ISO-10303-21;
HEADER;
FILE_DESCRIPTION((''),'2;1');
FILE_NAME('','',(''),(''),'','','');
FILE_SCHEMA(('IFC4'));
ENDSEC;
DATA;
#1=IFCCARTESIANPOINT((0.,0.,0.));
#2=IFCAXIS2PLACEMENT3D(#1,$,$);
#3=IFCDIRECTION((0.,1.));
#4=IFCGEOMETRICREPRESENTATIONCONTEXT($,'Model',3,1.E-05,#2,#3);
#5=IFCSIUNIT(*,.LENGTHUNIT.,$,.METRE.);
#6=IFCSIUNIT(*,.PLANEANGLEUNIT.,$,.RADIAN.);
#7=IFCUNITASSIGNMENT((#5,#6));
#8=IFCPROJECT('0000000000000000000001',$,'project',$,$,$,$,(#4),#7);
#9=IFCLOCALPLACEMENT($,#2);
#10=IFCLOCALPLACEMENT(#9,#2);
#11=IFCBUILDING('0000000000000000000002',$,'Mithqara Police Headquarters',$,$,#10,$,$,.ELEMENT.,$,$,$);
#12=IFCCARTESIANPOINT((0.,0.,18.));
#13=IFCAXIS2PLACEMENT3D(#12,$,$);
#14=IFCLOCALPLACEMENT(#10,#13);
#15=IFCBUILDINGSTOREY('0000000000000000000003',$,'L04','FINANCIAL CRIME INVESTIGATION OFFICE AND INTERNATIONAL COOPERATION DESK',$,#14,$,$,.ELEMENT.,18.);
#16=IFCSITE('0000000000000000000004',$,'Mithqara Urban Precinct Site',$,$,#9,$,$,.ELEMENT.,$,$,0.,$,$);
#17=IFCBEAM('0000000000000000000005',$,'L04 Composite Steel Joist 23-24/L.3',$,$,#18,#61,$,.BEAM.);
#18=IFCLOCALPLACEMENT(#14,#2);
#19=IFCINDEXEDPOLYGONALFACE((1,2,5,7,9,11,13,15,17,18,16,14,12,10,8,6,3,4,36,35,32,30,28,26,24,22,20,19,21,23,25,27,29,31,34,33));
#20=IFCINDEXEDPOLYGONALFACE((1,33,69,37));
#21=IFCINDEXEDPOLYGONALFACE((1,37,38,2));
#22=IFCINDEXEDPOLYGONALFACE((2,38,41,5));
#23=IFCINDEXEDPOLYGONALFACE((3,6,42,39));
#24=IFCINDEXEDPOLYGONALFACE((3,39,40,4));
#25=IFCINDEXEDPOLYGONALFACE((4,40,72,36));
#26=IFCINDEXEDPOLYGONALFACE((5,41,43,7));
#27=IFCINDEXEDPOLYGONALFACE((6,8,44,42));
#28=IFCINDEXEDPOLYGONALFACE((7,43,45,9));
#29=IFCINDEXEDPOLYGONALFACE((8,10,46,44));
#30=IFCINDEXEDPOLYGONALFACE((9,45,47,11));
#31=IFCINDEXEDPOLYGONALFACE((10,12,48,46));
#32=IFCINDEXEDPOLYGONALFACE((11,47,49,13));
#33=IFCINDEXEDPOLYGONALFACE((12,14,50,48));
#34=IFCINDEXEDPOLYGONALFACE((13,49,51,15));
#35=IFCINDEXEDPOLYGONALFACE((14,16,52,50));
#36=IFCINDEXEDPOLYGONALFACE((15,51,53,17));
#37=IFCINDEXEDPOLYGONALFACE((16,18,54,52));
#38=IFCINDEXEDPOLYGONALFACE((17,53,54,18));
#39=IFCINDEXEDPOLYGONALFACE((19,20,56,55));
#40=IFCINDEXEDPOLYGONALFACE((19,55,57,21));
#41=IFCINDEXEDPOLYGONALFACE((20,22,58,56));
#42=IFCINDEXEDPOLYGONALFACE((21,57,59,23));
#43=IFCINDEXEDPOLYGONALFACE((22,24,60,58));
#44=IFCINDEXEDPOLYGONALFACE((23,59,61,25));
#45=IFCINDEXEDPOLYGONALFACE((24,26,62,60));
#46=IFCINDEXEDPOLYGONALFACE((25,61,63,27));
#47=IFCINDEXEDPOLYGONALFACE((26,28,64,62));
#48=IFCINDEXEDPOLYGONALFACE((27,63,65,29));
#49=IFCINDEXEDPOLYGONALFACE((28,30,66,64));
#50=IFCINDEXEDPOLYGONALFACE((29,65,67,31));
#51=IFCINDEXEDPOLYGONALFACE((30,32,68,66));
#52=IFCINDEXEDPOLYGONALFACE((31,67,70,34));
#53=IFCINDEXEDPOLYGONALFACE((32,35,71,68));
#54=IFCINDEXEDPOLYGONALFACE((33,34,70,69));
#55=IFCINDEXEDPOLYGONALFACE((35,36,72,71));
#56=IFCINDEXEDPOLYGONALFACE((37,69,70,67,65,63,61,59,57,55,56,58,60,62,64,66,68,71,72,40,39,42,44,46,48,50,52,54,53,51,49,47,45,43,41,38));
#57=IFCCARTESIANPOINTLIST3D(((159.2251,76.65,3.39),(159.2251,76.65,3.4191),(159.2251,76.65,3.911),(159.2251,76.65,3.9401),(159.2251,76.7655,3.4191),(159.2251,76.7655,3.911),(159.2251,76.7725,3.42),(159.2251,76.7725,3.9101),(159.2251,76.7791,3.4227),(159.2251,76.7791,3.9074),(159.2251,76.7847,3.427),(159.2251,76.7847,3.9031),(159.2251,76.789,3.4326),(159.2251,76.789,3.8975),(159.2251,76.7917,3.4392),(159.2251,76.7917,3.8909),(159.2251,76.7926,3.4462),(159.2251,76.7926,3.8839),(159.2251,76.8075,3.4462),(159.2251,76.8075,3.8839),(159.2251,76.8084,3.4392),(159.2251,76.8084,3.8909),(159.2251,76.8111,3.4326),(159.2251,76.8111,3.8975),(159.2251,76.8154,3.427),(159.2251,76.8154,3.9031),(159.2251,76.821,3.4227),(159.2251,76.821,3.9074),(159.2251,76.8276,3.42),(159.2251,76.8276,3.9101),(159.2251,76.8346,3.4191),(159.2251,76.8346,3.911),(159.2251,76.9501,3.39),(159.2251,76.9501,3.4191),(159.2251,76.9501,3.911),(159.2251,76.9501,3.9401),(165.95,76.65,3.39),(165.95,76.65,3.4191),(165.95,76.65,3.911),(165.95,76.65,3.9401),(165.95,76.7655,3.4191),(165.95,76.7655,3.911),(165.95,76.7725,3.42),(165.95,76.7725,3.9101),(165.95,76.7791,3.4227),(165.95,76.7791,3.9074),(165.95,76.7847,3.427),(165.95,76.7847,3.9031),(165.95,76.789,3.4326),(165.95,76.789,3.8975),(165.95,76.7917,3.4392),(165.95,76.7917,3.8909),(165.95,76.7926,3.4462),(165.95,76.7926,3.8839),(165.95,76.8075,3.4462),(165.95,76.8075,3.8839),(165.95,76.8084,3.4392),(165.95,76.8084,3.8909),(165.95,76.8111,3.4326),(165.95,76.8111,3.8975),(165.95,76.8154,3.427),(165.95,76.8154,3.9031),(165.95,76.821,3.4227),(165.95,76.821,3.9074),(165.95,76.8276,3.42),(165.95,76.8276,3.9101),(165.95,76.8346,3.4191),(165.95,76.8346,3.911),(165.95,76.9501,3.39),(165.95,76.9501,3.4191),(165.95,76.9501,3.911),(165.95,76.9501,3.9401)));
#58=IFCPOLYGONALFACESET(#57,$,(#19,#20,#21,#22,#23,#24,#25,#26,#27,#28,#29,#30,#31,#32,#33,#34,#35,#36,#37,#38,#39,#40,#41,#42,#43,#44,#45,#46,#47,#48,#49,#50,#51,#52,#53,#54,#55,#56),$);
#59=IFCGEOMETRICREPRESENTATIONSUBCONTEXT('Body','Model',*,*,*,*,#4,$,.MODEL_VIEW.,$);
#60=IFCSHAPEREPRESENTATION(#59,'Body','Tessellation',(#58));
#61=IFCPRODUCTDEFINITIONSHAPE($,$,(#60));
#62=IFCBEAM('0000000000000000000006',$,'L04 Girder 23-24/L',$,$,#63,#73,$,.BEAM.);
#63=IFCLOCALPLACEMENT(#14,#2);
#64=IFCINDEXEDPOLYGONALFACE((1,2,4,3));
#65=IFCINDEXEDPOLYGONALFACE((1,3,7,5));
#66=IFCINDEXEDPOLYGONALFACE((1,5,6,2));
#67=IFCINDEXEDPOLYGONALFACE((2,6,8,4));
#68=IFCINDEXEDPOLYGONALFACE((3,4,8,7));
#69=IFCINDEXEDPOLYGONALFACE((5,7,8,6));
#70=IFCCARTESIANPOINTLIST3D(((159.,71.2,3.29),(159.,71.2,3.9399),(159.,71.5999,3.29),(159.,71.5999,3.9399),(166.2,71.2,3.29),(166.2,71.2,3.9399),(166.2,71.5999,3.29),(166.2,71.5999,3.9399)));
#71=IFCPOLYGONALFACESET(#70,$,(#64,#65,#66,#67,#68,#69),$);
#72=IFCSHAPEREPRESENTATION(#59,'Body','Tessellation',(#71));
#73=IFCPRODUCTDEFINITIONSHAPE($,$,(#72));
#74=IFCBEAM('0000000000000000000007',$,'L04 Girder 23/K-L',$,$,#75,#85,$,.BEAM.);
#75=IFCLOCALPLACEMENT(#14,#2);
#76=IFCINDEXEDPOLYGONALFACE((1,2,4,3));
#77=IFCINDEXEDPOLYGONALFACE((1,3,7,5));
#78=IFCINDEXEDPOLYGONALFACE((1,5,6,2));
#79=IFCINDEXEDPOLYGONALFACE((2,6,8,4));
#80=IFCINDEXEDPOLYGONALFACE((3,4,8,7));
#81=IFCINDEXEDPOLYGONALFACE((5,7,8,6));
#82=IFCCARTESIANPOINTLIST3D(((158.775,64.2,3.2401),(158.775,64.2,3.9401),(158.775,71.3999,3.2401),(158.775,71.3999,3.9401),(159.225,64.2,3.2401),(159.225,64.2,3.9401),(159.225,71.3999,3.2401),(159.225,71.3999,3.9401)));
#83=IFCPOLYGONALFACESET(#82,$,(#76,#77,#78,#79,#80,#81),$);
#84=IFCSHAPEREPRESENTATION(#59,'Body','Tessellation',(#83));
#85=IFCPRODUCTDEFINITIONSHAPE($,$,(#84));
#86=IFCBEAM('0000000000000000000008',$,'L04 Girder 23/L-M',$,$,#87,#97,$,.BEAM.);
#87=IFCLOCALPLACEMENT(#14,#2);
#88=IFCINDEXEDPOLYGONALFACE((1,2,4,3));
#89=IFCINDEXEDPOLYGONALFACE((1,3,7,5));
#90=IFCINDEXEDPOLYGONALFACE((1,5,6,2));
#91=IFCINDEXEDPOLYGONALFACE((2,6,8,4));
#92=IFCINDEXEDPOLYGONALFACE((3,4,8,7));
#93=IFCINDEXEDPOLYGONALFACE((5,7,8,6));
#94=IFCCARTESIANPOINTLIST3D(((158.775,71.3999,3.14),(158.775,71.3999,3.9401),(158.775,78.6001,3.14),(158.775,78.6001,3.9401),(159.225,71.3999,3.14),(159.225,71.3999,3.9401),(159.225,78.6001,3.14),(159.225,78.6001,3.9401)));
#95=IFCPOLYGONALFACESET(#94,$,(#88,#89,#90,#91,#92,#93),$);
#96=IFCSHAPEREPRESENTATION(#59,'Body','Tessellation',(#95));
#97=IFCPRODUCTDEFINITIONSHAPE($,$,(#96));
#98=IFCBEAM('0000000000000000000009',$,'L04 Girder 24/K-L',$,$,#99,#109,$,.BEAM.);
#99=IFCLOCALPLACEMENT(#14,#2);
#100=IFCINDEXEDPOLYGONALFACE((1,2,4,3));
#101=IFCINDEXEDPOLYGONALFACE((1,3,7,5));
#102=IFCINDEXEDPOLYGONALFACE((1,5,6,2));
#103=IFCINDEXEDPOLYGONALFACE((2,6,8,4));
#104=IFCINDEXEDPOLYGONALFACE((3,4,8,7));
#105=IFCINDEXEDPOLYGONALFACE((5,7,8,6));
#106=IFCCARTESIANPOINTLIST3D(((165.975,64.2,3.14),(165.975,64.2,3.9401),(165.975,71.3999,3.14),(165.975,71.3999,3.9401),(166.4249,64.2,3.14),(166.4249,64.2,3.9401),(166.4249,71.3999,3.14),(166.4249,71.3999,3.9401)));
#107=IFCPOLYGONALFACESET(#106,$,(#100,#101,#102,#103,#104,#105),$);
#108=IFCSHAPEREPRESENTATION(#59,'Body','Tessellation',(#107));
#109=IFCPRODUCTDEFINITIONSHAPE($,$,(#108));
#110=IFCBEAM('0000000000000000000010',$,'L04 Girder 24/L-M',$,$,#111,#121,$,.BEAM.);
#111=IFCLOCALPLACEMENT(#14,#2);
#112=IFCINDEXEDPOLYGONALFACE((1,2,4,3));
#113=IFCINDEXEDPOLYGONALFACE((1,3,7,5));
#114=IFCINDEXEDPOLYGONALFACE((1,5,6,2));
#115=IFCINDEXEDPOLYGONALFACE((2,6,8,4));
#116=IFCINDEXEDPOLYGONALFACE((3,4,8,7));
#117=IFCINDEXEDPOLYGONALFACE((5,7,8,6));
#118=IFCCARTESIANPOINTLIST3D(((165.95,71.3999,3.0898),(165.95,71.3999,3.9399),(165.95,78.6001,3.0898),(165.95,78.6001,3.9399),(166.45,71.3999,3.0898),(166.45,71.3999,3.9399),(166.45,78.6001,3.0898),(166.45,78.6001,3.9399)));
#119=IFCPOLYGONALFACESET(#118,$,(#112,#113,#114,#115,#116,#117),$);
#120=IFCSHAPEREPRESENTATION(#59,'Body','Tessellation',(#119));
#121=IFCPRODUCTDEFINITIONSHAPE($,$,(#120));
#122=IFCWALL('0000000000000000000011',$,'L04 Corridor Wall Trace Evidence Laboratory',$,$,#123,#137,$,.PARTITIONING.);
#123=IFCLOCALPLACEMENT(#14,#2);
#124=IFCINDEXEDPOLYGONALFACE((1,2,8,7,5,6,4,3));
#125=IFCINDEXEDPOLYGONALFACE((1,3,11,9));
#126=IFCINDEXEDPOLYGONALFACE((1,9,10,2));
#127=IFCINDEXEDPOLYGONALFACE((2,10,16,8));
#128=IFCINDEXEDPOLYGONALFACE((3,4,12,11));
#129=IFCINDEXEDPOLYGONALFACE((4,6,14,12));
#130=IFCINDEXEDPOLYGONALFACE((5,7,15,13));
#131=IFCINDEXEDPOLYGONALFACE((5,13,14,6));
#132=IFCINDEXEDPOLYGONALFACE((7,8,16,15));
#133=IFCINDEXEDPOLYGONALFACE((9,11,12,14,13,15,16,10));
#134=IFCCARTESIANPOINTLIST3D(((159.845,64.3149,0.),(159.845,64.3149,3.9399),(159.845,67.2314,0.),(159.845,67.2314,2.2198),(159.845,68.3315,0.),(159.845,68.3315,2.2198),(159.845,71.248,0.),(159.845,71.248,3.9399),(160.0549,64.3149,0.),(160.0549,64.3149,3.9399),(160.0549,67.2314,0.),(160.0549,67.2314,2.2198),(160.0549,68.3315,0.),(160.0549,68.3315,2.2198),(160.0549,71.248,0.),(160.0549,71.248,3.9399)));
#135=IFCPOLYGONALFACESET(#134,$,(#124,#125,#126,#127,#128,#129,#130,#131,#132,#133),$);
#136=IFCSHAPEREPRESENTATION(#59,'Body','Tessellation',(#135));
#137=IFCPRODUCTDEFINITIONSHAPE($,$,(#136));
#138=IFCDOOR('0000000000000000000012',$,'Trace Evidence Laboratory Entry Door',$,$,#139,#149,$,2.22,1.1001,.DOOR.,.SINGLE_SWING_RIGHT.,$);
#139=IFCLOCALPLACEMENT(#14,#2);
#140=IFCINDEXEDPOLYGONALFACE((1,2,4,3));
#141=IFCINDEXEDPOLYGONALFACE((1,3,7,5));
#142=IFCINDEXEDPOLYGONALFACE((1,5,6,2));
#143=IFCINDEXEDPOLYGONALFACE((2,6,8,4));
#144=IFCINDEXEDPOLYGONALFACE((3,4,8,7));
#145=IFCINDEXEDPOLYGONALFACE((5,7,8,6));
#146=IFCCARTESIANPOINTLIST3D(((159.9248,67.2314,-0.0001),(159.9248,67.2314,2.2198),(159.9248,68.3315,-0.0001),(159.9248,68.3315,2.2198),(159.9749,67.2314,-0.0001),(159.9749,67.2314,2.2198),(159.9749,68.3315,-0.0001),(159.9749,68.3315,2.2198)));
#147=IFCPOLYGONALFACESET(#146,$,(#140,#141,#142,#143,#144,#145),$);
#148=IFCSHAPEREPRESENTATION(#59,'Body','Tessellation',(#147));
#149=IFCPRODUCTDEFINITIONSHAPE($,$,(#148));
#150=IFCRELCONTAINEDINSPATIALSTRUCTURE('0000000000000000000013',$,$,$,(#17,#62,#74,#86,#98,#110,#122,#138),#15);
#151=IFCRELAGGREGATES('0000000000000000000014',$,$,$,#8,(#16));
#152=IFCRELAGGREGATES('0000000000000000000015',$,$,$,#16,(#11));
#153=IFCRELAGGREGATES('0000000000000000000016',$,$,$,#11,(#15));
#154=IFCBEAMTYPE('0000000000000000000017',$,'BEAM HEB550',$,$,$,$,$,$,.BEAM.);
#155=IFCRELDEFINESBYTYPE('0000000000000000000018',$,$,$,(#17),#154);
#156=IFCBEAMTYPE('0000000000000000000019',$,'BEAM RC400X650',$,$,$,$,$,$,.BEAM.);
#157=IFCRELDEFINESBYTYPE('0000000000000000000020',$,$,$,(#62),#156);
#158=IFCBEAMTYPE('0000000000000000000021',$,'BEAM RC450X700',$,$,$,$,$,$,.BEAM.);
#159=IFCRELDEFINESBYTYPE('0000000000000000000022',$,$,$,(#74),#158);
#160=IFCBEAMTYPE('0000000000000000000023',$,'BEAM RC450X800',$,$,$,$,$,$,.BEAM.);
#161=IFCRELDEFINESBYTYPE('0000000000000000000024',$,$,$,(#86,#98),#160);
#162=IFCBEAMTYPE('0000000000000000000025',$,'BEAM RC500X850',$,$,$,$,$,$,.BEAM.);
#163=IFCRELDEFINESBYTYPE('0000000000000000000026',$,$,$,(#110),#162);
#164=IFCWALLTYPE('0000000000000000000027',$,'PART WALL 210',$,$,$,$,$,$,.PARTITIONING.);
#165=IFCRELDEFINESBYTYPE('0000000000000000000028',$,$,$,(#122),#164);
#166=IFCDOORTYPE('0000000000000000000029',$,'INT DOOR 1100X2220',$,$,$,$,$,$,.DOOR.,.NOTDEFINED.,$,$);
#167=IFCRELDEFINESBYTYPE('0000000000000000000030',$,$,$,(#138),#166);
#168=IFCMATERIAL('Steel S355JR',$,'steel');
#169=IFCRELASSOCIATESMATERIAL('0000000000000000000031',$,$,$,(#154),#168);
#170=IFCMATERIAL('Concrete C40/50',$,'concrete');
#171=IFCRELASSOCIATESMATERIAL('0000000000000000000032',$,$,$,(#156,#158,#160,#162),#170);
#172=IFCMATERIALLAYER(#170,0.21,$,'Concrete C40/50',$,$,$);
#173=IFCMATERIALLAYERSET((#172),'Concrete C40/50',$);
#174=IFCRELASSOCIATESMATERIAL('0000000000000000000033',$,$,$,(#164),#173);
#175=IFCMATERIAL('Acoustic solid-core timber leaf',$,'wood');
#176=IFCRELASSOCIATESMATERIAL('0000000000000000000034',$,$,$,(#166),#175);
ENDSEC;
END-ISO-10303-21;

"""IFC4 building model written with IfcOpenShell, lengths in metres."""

from ifc_helpers import new_model, si_unit, direction, frame, frame_2d, origin, origin_2d, place, context, subcontext, project, spatial, rectangle, i_section, extrude, material, layer, layer_set, material_profile, profile_set, type_object, element, fill, save


model = new_model("IFC4")

# Units and contexts
model_context = context("Model", 3, precision=1e-05, world=origin(), true_north=direction((0.0, 1.0)))
body_context = subcontext(model_context, "Body", "Model", "MODEL_VIEW")
ifc_project = project(units=[si_unit("LENGTHUNIT", "METRE"), si_unit("PLANEANGLEUNIT", "RADIAN")], contexts=[model_context])

# Site, building, storey
site_placement = place(None, origin())
site = spatial("IfcSite", under=ifc_project, at=site_placement, Name="Mithqara Urban Precinct Site", CompositionType="ELEMENT", RefElevation=0.0)
building_placement = place(site_placement, origin())
building = spatial("IfcBuilding", under=site, at=building_placement, Name="Mithqara Police Headquarters", CompositionType="ELEMENT")
storey_placement = place(building_placement, frame((0.0, 0.0, 18.0)))
storey = spatial("IfcBuildingStorey", under=building, at=storey_placement, Name="L04", Description="FINANCIAL CRIME INVESTIGATION OFFICE AND INTERNATIONAL COOPERATION DESK", CompositionType="ELEMENT", Elevation=18.0)

# Beams
ifc_material_1 = material(Name="Steel S355JR", Category="steel")
ifc_material_profile_1 = material_profile(ifc_material_1, i_section(OverallWidth=0.3, OverallDepth=0.55, WebThickness=0.0149, FlangeThickness=0.0291, FilletRadius=0.0271, at=origin_2d()), Name="HEB 550")
ifc_profile_set_1 = profile_set([ifc_material_profile_1], Name="Steel S355JR")
beam_type_1 = type_object("IfcBeamType", Name="BEAM HEB550", PredefinedType="BEAM", material=ifc_profile_set_1)
for number, where, z_axis, x_axis, name in (
    (1, (159.2251, 76.8, 3.665), (1.0, 0.0, 0.0), (0.0, 1.0, 0.0), "L04 Composite Steel Joist 23-24/L.3"),
):
    element("IfcBeam", number, at=place(storey_placement, frame(where, z_axis=z_axis, x_axis=x_axis)), inside=storey, type_object=beam_type_1, Name=name, PredefinedType="BEAM", context=body_context, shape_type="SweptSolid", body=[
        extrude(i_section(OverallWidth=0.3, OverallDepth=0.55, WebThickness=0.0149, FlangeThickness=0.0291, FilletRadius=0.0271, at=origin_2d()), origin(), (0.0, 0.0, 1.0), 6.7249),
    ])
ifc_material_2 = material(Name="Concrete C40/50", Category="concrete")
ifc_material_profile_2 = material_profile(ifc_material_2, rectangle(XDim=0.3999, YDim=0.6499, at=origin_2d()), Name="RC 400x650")
ifc_profile_set_2 = profile_set([ifc_material_profile_2], Name="Concrete C40/50")
beam_type_2 = type_object("IfcBeamType", Name="BEAM RC400X650", PredefinedType="BEAM", material=ifc_profile_set_2)
beam_1_placement = place(storey_placement, frame((159.0, 71.3999, 3.615), z_axis=(1.0, 0.0, 0.0), x_axis=(0.0, 1.0, 0.0)))
element("IfcBeam", 2, at=beam_1_placement, inside=storey, type_object=beam_type_2, Name="L04 Girder 23-24/L", PredefinedType="BEAM", context=body_context, shape_type="SweptSolid", body=[
    extrude(rectangle(XDim=0.3999, YDim=0.6499, at=origin_2d()), origin(), (0.0, 0.0, 1.0), 7.2),
])
ifc_material_profile_3 = material_profile(ifc_material_2, rectangle(XDim=0.45, YDim=0.7, at=origin_2d()), Name="RC 450x700")
ifc_profile_set_3 = profile_set([ifc_material_profile_3], Name="Concrete C40/50")
beam_type_3 = type_object("IfcBeamType", Name="BEAM RC450X700", PredefinedType="BEAM", material=ifc_profile_set_3)
beam_2_placement = place(storey_placement, frame((159.0, 64.2, 3.5901), z_axis=(0.0, 1.0, 0.0), x_axis=(-1.0, 0.0, 0.0)))
element("IfcBeam", 3, at=beam_2_placement, inside=storey, type_object=beam_type_3, Name="L04 Girder 23/K-L", PredefinedType="BEAM", context=body_context, shape_type="SweptSolid", body=[
    extrude(rectangle(XDim=0.45, YDim=0.7, at=origin_2d()), origin(), (0.0, 0.0, 1.0), 7.2),
])
ifc_material_profile_4 = material_profile(ifc_material_2, rectangle(XDim=0.45, YDim=0.8, at=origin_2d()), Name="RC 450x800")
ifc_profile_set_4 = profile_set([ifc_material_profile_4], Name="Concrete C40/50")
beam_type_4 = type_object("IfcBeamType", Name="BEAM RC450X800", PredefinedType="BEAM", material=ifc_profile_set_4)
beam_3_placement = place(storey_placement, frame((159.0, 71.3999, 3.54), z_axis=(0.0, 1.0, 0.0), x_axis=(-1.0, 0.0, 0.0)))
element("IfcBeam", 4, at=beam_3_placement, inside=storey, type_object=beam_type_4, Name="L04 Girder 23/L-M", PredefinedType="BEAM", context=body_context, shape_type="SweptSolid", body=[
    extrude(rectangle(XDim=0.45, YDim=0.8, at=origin_2d()), origin(), (0.0, 0.0, 1.0), 7.2002),
])
beam_4_placement = place(storey_placement, frame((166.2, 64.2, 3.54), z_axis=(0.0, 1.0, 0.0), x_axis=(-1.0, 0.0, 0.0)))
element("IfcBeam", 5, at=beam_4_placement, inside=storey, type_object=beam_type_4, Name="L04 Girder 24/K-L", PredefinedType="BEAM", context=body_context, shape_type="SweptSolid", body=[
    extrude(rectangle(XDim=0.45, YDim=0.8, at=origin_2d()), origin(), (0.0, 0.0, 1.0), 7.2),
])
ifc_material_profile_5 = material_profile(ifc_material_2, rectangle(XDim=0.5, YDim=0.8501, at=origin_2d()), Name="RC 500x850")
ifc_profile_set_5 = profile_set([ifc_material_profile_5], Name="Concrete C40/50")
beam_type_5 = type_object("IfcBeamType", Name="BEAM RC500X850", PredefinedType="BEAM", material=ifc_profile_set_5)
beam_5_placement = place(storey_placement, frame((166.2, 71.3999, 3.5149), z_axis=(0.0, 1.0, 0.0), x_axis=(-1.0, 0.0, 0.0)))
element("IfcBeam", 6, at=beam_5_placement, inside=storey, type_object=beam_type_5, Name="L04 Girder 24/L-M", PredefinedType="BEAM", context=body_context, shape_type="SweptSolid", body=[
    extrude(rectangle(XDim=0.5, YDim=0.8501, at=origin_2d()), origin(), (0.0, 0.0, 1.0), 7.2002),
])

# Wall, opening, door
ifc_layer_1 = layer(ifc_material_2, 0.21, Name="Concrete C40/50")
ifc_layer_set_1 = layer_set([ifc_layer_1], Name="Concrete C40/50")
wall_type = type_object("IfcWallType", Name="PART WALL 210", PredefinedType="PARTITIONING", material=ifc_layer_set_1)
wall_1_placement = place(storey_placement, frame((159.95, 64.3149, 0.0), z_axis=(0.0, 0.0, 1.0), x_axis=(0.0, 1.0, 0.0)))
wall_1 = element("IfcWall", 7, at=wall_1_placement, inside=storey, type_object=wall_type, Name="L04 Corridor Wall Trace Evidence Laboratory", PredefinedType="PARTITIONING", context=body_context, shape_type="SweptSolid", body=[
    extrude(rectangle(XDim=6.9331, YDim=0.21, at=frame_2d((3.4666, 0.0))), origin(), (0.0, 0.0, 1.0), 3.9399),
])
opening_1_placement = place(wall_1_placement, frame((2.9165, 0.0, 0.0)))
opening_1 = element("IfcOpeningElement", 8, at=opening_1_placement, cuts=wall_1, PredefinedType="OPENING", context=body_context, shape_type="SweptSolid", body=[
    extrude(rectangle(XDim=1.1001, YDim=2.22, at=frame_2d((0.55, 1.1099))), frame((0.0, 0.115, 0.0), z_axis=(0.0, -1.0, 0.0), x_axis=(1.0, 0.0, 0.0)), (0.0, 0.0, 1.0), 0.23),
])
ifc_material_3 = material(Name="Acoustic solid-core timber leaf", Category="wood")
door_type_1 = type_object("IfcDoorType", Name="INT DOOR 1100X2220", OperationType="NOTDEFINED", PredefinedType="DOOR", material=ifc_material_3)
door_1_placement = place(opening_1_placement, frame((1.1001, 0.0, 0.0), z_axis=(0.0, 0.0, 1.0), x_axis=(-1.0, 0.0, 0.0)))
door_1 = element("IfcDoor", 9, at=door_1_placement, inside=storey, type_object=door_type_1, Name="Trace Evidence Laboratory Entry Door", OperationType="SINGLE_SWING_RIGHT", OverallHeight=2.22, OverallWidth=1.1001, PredefinedType="DOOR", context=body_context, shape_type="SweptSolid", body=[
    extrude(rectangle(XDim=1.1001, YDim=2.22, at=frame_2d((0.55, 1.1099))), frame((0.0, 0.0249, 0.0), z_axis=(0.0, -1.0, 0.0), x_axis=(1.0, 0.0, 0.0)), (0.0, 0.0, 1.0), 0.05),
])
fill(opening_1, door_1)

save(model, "model.ifc")
